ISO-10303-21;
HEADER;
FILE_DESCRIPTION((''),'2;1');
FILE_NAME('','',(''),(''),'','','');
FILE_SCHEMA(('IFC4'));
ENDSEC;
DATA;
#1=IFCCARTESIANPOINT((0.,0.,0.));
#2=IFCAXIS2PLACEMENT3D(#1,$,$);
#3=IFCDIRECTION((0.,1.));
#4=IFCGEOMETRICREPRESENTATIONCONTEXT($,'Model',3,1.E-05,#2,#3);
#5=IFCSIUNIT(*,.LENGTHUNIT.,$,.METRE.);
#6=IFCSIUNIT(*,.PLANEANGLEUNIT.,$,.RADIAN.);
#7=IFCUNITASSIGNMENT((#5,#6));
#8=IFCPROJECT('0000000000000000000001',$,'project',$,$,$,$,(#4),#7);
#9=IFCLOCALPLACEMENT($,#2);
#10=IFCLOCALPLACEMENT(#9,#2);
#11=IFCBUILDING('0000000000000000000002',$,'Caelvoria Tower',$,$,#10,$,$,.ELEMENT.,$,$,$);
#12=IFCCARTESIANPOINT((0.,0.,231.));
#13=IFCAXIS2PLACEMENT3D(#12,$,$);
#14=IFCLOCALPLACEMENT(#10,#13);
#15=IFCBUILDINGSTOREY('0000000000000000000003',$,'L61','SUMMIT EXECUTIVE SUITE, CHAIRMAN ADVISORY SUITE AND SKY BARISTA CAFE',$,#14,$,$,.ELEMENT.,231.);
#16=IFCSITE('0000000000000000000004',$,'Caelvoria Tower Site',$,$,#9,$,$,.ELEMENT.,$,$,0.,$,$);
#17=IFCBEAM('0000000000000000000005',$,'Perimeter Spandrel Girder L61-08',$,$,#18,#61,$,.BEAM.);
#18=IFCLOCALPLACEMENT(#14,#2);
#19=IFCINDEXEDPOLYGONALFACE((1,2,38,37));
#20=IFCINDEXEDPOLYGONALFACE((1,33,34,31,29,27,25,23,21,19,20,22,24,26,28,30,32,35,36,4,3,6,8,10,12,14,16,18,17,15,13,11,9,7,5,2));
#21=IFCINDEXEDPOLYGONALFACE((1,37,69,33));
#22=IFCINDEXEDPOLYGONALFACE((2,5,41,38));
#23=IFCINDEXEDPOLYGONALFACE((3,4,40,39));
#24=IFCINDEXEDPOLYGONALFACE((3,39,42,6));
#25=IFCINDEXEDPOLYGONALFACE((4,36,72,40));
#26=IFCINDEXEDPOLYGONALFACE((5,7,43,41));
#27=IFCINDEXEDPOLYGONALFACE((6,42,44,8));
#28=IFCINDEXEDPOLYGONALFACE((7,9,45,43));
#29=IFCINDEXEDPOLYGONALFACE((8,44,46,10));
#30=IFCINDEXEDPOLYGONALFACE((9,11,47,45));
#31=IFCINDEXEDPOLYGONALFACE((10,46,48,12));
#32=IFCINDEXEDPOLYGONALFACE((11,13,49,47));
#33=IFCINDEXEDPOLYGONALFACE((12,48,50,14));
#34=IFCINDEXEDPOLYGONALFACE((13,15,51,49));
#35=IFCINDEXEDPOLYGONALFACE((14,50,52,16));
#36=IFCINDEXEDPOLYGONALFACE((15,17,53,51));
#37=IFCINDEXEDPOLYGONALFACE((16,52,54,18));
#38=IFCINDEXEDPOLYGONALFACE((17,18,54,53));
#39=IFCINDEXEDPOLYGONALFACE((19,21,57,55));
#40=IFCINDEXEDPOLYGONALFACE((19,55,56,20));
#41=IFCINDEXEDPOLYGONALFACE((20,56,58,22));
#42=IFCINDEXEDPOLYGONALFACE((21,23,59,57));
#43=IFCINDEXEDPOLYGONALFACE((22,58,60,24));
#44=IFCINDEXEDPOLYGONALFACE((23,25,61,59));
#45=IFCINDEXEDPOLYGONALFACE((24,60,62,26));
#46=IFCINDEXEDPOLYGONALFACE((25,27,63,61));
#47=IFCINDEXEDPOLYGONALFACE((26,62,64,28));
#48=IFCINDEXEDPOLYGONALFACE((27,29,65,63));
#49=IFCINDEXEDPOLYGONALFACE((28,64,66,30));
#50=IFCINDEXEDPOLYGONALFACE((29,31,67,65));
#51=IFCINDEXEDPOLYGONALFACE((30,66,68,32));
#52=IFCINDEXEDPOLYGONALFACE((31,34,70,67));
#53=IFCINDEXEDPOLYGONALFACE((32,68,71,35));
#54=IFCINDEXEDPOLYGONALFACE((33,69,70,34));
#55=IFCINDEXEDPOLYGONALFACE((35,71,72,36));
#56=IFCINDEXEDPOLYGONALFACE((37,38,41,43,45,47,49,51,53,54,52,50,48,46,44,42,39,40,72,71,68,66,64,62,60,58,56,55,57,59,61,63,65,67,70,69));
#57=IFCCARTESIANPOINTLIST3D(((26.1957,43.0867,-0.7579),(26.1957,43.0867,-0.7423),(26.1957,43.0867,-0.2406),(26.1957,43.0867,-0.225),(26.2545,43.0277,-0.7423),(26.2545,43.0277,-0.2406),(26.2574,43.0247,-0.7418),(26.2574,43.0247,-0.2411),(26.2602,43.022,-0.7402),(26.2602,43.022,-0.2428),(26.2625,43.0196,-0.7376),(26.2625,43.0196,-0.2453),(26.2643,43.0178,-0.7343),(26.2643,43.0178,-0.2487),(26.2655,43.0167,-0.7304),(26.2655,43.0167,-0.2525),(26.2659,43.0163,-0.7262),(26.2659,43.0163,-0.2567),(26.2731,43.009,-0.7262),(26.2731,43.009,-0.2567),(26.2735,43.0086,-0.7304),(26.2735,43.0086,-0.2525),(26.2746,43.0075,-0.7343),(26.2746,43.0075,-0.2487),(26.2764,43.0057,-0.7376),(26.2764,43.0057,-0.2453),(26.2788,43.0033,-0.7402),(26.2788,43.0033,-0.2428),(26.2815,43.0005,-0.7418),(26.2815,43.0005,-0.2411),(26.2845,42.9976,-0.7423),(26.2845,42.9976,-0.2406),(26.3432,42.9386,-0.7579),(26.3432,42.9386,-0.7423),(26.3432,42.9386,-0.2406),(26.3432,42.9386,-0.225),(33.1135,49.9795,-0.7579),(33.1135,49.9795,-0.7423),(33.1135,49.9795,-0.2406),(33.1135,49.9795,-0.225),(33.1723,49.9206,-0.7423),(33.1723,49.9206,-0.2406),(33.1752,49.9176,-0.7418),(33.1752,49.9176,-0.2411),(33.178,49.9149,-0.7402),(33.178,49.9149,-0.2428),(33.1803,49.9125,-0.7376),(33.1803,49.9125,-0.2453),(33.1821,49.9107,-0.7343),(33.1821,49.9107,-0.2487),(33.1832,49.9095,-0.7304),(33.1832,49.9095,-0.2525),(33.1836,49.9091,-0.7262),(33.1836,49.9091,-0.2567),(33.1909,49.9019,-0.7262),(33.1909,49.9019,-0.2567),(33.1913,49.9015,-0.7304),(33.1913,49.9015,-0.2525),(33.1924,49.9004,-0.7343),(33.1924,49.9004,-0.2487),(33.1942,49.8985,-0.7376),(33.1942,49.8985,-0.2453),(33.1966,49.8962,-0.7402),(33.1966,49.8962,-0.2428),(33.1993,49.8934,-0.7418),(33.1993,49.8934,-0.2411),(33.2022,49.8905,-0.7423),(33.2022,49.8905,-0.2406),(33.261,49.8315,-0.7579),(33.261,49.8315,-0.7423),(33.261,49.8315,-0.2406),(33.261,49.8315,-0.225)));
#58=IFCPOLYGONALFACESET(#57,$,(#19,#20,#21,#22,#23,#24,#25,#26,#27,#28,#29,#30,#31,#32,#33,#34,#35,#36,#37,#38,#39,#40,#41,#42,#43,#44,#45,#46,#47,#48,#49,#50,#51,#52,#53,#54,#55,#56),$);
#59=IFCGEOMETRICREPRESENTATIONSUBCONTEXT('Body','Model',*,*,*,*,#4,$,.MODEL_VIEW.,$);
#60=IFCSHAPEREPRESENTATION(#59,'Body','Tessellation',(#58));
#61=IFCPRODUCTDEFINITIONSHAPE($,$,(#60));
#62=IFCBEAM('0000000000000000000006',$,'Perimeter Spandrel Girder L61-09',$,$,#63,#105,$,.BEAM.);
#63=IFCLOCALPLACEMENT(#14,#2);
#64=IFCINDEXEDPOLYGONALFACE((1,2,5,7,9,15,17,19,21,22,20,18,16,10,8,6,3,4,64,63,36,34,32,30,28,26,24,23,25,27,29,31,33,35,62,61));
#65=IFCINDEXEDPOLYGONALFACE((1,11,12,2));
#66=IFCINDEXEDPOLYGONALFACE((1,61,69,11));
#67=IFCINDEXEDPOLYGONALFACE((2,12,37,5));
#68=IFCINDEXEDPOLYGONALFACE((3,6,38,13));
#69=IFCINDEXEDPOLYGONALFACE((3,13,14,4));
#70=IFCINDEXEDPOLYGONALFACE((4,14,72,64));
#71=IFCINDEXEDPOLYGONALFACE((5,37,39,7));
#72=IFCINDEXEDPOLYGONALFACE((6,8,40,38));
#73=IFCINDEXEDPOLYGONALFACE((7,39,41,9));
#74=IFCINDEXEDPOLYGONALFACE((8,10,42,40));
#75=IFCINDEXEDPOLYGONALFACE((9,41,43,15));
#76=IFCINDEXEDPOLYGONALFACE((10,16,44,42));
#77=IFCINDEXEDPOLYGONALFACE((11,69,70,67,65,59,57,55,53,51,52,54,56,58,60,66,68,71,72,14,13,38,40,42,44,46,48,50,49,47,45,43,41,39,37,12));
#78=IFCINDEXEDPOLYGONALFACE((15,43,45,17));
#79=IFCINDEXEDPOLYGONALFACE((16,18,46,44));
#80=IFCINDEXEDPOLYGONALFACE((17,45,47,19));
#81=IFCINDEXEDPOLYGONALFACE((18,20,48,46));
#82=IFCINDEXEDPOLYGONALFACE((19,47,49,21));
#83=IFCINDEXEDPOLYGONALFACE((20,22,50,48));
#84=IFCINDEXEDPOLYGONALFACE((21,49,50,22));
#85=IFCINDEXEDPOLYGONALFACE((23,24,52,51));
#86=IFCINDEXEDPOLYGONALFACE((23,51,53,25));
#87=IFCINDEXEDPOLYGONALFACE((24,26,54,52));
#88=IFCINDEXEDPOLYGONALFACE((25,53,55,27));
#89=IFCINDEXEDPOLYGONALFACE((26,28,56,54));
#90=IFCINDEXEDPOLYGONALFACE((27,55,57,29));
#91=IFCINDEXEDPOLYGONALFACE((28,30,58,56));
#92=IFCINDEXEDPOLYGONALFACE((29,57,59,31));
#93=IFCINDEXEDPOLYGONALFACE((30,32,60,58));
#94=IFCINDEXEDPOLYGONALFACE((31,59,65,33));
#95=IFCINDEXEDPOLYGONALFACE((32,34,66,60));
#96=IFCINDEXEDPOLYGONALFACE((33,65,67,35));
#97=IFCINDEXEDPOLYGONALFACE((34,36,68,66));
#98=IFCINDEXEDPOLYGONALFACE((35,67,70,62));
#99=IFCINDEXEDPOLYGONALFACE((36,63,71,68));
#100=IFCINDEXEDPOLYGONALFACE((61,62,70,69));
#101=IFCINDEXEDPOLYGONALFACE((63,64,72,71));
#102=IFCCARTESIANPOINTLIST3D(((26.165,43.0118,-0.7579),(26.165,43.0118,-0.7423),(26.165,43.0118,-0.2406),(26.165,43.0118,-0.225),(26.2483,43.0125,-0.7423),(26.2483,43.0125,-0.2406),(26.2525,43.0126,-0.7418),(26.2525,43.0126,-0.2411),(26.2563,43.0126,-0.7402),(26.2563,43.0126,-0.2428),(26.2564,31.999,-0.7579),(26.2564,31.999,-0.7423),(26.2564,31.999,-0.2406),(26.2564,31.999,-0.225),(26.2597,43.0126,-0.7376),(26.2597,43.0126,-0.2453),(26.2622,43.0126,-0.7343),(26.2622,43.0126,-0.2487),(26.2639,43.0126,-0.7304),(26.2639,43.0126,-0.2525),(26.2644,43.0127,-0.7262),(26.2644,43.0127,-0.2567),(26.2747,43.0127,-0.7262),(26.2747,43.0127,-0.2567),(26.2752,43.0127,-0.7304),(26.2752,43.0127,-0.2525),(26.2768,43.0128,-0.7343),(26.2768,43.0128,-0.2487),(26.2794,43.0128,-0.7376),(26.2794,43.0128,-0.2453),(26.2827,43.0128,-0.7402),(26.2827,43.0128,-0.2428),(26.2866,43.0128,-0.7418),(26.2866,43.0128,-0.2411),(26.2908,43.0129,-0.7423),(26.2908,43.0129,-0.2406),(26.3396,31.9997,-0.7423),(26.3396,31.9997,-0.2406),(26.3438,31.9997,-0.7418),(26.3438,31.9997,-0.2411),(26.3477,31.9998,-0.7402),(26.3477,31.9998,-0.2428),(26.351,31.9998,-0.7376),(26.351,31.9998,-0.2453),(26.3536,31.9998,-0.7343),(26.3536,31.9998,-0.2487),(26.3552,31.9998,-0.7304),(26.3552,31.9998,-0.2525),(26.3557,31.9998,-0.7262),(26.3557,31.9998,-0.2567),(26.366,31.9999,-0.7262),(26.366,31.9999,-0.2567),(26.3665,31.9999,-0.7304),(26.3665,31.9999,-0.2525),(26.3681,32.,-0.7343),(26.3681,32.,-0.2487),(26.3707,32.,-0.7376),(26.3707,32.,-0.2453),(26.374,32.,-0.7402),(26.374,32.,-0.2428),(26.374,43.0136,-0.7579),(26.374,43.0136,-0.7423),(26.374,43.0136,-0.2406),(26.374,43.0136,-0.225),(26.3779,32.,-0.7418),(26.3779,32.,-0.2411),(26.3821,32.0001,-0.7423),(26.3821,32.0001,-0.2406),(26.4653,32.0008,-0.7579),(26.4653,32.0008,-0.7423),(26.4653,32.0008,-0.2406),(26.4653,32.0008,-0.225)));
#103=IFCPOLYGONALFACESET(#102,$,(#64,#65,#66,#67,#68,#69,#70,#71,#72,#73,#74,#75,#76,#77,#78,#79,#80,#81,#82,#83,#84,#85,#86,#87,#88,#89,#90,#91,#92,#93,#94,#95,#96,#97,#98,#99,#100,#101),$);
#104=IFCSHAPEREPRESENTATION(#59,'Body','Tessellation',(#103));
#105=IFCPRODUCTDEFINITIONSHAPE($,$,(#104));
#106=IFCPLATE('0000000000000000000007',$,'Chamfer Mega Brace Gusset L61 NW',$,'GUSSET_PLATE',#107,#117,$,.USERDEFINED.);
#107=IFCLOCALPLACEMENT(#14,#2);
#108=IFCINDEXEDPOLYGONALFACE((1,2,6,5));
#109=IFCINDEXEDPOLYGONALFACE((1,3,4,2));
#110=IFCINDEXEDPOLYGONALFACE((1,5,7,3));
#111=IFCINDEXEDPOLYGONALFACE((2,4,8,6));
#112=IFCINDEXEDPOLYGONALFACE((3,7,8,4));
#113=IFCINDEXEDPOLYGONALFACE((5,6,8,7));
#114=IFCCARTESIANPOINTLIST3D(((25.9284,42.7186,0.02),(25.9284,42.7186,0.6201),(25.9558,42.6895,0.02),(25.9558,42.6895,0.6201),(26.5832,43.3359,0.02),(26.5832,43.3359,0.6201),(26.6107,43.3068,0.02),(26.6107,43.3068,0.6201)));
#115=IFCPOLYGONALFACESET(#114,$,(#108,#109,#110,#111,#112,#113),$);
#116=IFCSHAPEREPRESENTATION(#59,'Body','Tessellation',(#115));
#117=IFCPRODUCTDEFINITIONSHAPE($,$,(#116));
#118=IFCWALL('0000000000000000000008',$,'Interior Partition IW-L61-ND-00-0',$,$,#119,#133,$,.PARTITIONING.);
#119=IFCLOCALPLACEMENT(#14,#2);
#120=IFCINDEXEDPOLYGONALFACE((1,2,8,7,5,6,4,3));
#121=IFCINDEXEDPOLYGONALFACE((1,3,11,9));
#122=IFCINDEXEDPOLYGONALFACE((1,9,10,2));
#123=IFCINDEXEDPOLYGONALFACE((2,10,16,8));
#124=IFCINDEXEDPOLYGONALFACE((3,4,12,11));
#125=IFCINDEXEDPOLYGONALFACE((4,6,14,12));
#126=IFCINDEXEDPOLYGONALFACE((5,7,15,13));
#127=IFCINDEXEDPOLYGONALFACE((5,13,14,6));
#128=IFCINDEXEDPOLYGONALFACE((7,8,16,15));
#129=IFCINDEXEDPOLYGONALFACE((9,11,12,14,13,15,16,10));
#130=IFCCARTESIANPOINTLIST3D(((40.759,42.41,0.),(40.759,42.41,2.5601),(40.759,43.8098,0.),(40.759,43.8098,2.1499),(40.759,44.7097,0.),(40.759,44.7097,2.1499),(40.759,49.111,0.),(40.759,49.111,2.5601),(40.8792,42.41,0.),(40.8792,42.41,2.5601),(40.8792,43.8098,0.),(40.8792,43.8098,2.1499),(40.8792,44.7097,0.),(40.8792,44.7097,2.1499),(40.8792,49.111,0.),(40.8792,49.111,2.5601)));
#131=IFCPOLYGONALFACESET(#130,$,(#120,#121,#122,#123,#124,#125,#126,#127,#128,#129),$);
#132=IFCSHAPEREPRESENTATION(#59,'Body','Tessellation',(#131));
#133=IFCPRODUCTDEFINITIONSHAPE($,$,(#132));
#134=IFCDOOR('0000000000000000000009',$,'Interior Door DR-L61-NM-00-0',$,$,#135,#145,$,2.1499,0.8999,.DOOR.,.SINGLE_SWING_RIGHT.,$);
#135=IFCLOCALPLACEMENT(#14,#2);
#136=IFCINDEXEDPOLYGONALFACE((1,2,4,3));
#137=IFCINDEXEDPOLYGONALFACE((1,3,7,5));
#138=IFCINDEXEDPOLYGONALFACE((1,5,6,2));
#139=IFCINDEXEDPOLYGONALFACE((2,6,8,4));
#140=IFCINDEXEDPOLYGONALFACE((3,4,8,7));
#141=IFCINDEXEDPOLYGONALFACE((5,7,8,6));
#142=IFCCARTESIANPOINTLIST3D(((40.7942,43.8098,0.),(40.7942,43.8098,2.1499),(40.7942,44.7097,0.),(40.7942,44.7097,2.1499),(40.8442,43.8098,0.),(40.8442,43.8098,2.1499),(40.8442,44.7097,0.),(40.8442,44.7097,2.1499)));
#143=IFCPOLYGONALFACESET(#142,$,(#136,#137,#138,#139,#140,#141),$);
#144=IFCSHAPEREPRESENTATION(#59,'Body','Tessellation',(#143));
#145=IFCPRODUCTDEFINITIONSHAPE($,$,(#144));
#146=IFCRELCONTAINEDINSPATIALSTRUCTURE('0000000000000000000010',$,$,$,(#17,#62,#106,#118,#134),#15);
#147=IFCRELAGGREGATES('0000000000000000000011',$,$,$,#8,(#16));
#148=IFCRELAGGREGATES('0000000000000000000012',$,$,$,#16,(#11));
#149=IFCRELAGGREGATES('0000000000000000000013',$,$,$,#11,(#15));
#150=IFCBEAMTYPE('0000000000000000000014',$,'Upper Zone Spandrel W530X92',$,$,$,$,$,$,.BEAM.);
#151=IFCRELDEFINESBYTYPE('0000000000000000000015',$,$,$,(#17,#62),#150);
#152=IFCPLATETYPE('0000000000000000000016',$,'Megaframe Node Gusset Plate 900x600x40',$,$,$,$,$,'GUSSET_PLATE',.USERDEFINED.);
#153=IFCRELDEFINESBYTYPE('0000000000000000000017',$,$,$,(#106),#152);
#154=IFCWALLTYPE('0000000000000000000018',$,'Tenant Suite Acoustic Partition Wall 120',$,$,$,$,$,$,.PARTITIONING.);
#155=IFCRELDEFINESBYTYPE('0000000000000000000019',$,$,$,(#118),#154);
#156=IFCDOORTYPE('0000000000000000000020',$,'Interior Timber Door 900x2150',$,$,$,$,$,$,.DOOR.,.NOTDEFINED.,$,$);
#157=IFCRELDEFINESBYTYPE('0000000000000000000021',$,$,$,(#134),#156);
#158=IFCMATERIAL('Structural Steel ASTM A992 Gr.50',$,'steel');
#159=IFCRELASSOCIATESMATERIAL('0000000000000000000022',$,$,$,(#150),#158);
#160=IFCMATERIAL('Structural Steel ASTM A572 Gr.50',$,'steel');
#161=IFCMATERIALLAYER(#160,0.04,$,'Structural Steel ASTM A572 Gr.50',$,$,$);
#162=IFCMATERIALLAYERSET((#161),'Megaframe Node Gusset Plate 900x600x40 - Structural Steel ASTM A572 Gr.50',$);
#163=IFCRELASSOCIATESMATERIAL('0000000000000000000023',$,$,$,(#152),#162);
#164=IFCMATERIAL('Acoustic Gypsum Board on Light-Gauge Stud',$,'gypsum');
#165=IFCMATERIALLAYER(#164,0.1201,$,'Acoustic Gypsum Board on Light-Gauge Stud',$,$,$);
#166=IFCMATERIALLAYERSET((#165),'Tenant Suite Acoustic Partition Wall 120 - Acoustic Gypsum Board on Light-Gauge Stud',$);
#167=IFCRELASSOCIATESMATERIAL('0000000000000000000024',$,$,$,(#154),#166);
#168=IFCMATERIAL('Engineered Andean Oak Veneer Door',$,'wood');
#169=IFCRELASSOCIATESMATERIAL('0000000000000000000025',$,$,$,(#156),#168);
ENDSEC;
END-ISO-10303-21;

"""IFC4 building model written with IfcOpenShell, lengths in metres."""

from ifc_helpers import new_model, si_unit, direction, frame, frame_2d, origin, origin_2d, place, context, subcontext, project, spatial, rectangle, i_section, extrude, material, layer, layer_set, material_profile, profile_set, type_object, element, fill, save


model = new_model("IFC4")

# Units and contexts
model_context = context("Model", 3, precision=1e-05, world=origin(), true_north=direction((0.0, 1.0)))
body_context = subcontext(model_context, "Body", "Model", "MODEL_VIEW")
ifc_project = project(units=[si_unit("LENGTHUNIT", "METRE"), si_unit("PLANEANGLEUNIT", "RADIAN")], contexts=[model_context])

# Site, building, storey
site_placement = place(None, origin())
site = spatial("IfcSite", under=ifc_project, at=site_placement, Name="Caelvoria Tower Site", CompositionType="ELEMENT", RefElevation=0.0)
building_placement = place(site_placement, origin())
building = spatial("IfcBuilding", under=site, at=building_placement, Name="Caelvoria Tower", CompositionType="ELEMENT")
storey_placement = place(building_placement, frame((0.0, 0.0, 231.0)))
storey = spatial("IfcBuildingStorey", under=building, at=storey_placement, Name="L61", Description="SUMMIT EXECUTIVE SUITE, CHAIRMAN ADVISORY SUITE AND SKY BARISTA CAFE", CompositionType="ELEMENT", Elevation=231.0)

# Shared definitions
ifc_material_1 = material(Name="Structural Steel ASTM A572 Gr.50", Category="steel")

# Shared definitions
ifc_material_2 = material(Name="Structural Steel ASTM A992 Gr.50", Category="steel")

# Beams
ifc_material_profile_1 = material_profile(ifc_material_2, i_section(OverallWidth=0.209, OverallDepth=0.533, WebThickness=0.0103, FlangeThickness=0.0156, FilletRadius=0.0161, at=origin_2d()), Name="Structural Steel ASTM A992 Gr.50")
ifc_profile_set_1 = profile_set([ifc_material_profile_1], Name="W530X92 - Structural Steel ASTM A992 Gr.50")
beam_type_1 = type_object("IfcBeamType", Name="Upper Zone Spandrel W530X92", PredefinedType="BEAM", material=ifc_profile_set_1)
beam_1_placement = place(storey_placement, frame((33.1873, 49.9055, -0.4915), z_axis=(-0.708381, -0.705831, 0.0), x_axis=(0.705831, -0.708381, 0.0)))
element("IfcBeam", 1, at=beam_1_placement, inside=storey, type_object=beam_type_1, Name="Perimeter Spandrel Girder L61-08", PredefinedType="BEAM", context=body_context, shape_type="SweptSolid", body=[
    extrude(i_section(OverallWidth=0.209, OverallDepth=0.533, WebThickness=0.0103, FlangeThickness=0.0156, FilletRadius=0.0161, at=origin_2d()), origin(), (0.0, 0.0, 1.0), 9.7656),
])
beam_2_placement = place(storey_placement, frame((26.2695, 43.0127, -0.4915), z_axis=(0.008291, -0.999966, 0.0), x_axis=(0.999966, 0.008291, 0.0)))
element("IfcBeam", 2, at=beam_2_placement, inside=storey, type_object=beam_type_1, Name="Perimeter Spandrel Girder L61-09", PredefinedType="BEAM", context=body_context, shape_type="SweptSolid", body=[
    extrude(i_section(OverallWidth=0.209, OverallDepth=0.533, WebThickness=0.0103, FlangeThickness=0.0156, FilletRadius=0.0161, at=origin_2d()), origin(), (0.0, 0.0, 1.0), 11.0132),
])

# Plate
ifc_layer_1 = layer(ifc_material_1, 0.04, Name="Structural Steel ASTM A572 Gr.50")
ifc_layer_set_1 = layer_set([ifc_layer_1], Name="Megaframe Node Gusset Plate 900x600x40 - Structural Steel ASTM A572 Gr.50")
plate_type = type_object("IfcPlateType", Name="Megaframe Node Gusset Plate 900x600x40", ElementType="GUSSET_PLATE", PredefinedType="USERDEFINED", material=ifc_layer_set_1)
plate_placement = place(storey_placement, frame((26.2695, 43.0127, 0.02), z_axis=(0.0, 0.0, 1.0), x_axis=(0.727666, 0.685931, 0.0)))
element("IfcPlate", 3, at=plate_placement, inside=storey, type_object=plate_type, Name="Chamfer Mega Brace Gusset L61 NW", ObjectType="GUSSET_PLATE", PredefinedType="USERDEFINED", context=body_context, shape_type="SweptSolid", body=[
    extrude(rectangle(XDim=0.8999, YDim=0.04, at=origin_2d()), origin(), (0.0, 0.0, 1.0), 0.6001),
])

# Wall, opening, door
ifc_material_3 = material(Name="Acoustic Gypsum Board on Light-Gauge Stud", Category="gypsum")
ifc_layer_2 = layer(ifc_material_3, 0.1201, Name="Acoustic Gypsum Board on Light-Gauge Stud")
ifc_layer_set_2 = layer_set([ifc_layer_2], Name="Tenant Suite Acoustic Partition Wall 120 - Acoustic Gypsum Board on Light-Gauge Stud")
wall_type_1 = type_object("IfcWallType", Name="Tenant Suite Acoustic Partition Wall 120", PredefinedType="PARTITIONING", material=ifc_layer_set_2)
wall_1_placement = place(storey_placement, frame((40.8191, 42.4099, 0.0), z_axis=(0.0, 0.0, 1.0), x_axis=(0.0, 1.0, 0.0)))
wall_1 = element("IfcWall", 4, at=wall_1_placement, inside=storey, type_object=wall_type_1, Name="Interior Partition IW-L61-ND-00-0", PredefinedType="PARTITIONING", context=body_context, shape_type="SweptSolid", body=[
    extrude(rectangle(XDim=6.7009, YDim=0.1201, at=frame_2d((3.3506, 0.0))), origin(), (0.0, 0.0, 1.0), 2.5601),
])
opening_1_placement = place(wall_1_placement, frame((1.3999, 0.0, 0.0)))
opening_1 = element("IfcOpeningElement", 5, at=opening_1_placement, cuts=wall_1, PredefinedType="OPENING", context=body_context, shape_type="SweptSolid", body=[
    extrude(rectangle(XDim=0.8999, YDim=2.1499, at=frame_2d((0.45, 1.075))), frame((0.0, 0.0701, 0.0), z_axis=(0.0, -1.0, 0.0), x_axis=(1.0, 0.0, 0.0)), (0.0, 0.0, 1.0), 0.1401),
])
ifc_material_4 = material(Name="Engineered Andean Oak Veneer Door", Category="wood")
door_type_1 = type_object("IfcDoorType", Name="Interior Timber Door 900x2150", OperationType="NOTDEFINED", PredefinedType="DOOR", material=ifc_material_4)
door_1_placement = place(opening_1_placement, origin())
door_1 = element("IfcDoor", 6, at=door_1_placement, inside=storey, type_object=door_type_1, Name="Interior Door DR-L61-NM-00-0", OperationType="SINGLE_SWING_RIGHT", OverallHeight=2.1499, OverallWidth=0.8999, PredefinedType="DOOR", context=body_context, shape_type="SweptSolid", body=[
    extrude(rectangle(XDim=0.8999, YDim=2.1499, at=frame_2d((0.45, 1.075))), frame((0.0, 0.0249, 0.0), z_axis=(0.0, -1.0, 0.0), x_axis=(1.0, 0.0, 0.0)), (0.0, 0.0, 1.0), 0.05),
])
fill(opening_1, door_1)

save(model, "model.ifc")
